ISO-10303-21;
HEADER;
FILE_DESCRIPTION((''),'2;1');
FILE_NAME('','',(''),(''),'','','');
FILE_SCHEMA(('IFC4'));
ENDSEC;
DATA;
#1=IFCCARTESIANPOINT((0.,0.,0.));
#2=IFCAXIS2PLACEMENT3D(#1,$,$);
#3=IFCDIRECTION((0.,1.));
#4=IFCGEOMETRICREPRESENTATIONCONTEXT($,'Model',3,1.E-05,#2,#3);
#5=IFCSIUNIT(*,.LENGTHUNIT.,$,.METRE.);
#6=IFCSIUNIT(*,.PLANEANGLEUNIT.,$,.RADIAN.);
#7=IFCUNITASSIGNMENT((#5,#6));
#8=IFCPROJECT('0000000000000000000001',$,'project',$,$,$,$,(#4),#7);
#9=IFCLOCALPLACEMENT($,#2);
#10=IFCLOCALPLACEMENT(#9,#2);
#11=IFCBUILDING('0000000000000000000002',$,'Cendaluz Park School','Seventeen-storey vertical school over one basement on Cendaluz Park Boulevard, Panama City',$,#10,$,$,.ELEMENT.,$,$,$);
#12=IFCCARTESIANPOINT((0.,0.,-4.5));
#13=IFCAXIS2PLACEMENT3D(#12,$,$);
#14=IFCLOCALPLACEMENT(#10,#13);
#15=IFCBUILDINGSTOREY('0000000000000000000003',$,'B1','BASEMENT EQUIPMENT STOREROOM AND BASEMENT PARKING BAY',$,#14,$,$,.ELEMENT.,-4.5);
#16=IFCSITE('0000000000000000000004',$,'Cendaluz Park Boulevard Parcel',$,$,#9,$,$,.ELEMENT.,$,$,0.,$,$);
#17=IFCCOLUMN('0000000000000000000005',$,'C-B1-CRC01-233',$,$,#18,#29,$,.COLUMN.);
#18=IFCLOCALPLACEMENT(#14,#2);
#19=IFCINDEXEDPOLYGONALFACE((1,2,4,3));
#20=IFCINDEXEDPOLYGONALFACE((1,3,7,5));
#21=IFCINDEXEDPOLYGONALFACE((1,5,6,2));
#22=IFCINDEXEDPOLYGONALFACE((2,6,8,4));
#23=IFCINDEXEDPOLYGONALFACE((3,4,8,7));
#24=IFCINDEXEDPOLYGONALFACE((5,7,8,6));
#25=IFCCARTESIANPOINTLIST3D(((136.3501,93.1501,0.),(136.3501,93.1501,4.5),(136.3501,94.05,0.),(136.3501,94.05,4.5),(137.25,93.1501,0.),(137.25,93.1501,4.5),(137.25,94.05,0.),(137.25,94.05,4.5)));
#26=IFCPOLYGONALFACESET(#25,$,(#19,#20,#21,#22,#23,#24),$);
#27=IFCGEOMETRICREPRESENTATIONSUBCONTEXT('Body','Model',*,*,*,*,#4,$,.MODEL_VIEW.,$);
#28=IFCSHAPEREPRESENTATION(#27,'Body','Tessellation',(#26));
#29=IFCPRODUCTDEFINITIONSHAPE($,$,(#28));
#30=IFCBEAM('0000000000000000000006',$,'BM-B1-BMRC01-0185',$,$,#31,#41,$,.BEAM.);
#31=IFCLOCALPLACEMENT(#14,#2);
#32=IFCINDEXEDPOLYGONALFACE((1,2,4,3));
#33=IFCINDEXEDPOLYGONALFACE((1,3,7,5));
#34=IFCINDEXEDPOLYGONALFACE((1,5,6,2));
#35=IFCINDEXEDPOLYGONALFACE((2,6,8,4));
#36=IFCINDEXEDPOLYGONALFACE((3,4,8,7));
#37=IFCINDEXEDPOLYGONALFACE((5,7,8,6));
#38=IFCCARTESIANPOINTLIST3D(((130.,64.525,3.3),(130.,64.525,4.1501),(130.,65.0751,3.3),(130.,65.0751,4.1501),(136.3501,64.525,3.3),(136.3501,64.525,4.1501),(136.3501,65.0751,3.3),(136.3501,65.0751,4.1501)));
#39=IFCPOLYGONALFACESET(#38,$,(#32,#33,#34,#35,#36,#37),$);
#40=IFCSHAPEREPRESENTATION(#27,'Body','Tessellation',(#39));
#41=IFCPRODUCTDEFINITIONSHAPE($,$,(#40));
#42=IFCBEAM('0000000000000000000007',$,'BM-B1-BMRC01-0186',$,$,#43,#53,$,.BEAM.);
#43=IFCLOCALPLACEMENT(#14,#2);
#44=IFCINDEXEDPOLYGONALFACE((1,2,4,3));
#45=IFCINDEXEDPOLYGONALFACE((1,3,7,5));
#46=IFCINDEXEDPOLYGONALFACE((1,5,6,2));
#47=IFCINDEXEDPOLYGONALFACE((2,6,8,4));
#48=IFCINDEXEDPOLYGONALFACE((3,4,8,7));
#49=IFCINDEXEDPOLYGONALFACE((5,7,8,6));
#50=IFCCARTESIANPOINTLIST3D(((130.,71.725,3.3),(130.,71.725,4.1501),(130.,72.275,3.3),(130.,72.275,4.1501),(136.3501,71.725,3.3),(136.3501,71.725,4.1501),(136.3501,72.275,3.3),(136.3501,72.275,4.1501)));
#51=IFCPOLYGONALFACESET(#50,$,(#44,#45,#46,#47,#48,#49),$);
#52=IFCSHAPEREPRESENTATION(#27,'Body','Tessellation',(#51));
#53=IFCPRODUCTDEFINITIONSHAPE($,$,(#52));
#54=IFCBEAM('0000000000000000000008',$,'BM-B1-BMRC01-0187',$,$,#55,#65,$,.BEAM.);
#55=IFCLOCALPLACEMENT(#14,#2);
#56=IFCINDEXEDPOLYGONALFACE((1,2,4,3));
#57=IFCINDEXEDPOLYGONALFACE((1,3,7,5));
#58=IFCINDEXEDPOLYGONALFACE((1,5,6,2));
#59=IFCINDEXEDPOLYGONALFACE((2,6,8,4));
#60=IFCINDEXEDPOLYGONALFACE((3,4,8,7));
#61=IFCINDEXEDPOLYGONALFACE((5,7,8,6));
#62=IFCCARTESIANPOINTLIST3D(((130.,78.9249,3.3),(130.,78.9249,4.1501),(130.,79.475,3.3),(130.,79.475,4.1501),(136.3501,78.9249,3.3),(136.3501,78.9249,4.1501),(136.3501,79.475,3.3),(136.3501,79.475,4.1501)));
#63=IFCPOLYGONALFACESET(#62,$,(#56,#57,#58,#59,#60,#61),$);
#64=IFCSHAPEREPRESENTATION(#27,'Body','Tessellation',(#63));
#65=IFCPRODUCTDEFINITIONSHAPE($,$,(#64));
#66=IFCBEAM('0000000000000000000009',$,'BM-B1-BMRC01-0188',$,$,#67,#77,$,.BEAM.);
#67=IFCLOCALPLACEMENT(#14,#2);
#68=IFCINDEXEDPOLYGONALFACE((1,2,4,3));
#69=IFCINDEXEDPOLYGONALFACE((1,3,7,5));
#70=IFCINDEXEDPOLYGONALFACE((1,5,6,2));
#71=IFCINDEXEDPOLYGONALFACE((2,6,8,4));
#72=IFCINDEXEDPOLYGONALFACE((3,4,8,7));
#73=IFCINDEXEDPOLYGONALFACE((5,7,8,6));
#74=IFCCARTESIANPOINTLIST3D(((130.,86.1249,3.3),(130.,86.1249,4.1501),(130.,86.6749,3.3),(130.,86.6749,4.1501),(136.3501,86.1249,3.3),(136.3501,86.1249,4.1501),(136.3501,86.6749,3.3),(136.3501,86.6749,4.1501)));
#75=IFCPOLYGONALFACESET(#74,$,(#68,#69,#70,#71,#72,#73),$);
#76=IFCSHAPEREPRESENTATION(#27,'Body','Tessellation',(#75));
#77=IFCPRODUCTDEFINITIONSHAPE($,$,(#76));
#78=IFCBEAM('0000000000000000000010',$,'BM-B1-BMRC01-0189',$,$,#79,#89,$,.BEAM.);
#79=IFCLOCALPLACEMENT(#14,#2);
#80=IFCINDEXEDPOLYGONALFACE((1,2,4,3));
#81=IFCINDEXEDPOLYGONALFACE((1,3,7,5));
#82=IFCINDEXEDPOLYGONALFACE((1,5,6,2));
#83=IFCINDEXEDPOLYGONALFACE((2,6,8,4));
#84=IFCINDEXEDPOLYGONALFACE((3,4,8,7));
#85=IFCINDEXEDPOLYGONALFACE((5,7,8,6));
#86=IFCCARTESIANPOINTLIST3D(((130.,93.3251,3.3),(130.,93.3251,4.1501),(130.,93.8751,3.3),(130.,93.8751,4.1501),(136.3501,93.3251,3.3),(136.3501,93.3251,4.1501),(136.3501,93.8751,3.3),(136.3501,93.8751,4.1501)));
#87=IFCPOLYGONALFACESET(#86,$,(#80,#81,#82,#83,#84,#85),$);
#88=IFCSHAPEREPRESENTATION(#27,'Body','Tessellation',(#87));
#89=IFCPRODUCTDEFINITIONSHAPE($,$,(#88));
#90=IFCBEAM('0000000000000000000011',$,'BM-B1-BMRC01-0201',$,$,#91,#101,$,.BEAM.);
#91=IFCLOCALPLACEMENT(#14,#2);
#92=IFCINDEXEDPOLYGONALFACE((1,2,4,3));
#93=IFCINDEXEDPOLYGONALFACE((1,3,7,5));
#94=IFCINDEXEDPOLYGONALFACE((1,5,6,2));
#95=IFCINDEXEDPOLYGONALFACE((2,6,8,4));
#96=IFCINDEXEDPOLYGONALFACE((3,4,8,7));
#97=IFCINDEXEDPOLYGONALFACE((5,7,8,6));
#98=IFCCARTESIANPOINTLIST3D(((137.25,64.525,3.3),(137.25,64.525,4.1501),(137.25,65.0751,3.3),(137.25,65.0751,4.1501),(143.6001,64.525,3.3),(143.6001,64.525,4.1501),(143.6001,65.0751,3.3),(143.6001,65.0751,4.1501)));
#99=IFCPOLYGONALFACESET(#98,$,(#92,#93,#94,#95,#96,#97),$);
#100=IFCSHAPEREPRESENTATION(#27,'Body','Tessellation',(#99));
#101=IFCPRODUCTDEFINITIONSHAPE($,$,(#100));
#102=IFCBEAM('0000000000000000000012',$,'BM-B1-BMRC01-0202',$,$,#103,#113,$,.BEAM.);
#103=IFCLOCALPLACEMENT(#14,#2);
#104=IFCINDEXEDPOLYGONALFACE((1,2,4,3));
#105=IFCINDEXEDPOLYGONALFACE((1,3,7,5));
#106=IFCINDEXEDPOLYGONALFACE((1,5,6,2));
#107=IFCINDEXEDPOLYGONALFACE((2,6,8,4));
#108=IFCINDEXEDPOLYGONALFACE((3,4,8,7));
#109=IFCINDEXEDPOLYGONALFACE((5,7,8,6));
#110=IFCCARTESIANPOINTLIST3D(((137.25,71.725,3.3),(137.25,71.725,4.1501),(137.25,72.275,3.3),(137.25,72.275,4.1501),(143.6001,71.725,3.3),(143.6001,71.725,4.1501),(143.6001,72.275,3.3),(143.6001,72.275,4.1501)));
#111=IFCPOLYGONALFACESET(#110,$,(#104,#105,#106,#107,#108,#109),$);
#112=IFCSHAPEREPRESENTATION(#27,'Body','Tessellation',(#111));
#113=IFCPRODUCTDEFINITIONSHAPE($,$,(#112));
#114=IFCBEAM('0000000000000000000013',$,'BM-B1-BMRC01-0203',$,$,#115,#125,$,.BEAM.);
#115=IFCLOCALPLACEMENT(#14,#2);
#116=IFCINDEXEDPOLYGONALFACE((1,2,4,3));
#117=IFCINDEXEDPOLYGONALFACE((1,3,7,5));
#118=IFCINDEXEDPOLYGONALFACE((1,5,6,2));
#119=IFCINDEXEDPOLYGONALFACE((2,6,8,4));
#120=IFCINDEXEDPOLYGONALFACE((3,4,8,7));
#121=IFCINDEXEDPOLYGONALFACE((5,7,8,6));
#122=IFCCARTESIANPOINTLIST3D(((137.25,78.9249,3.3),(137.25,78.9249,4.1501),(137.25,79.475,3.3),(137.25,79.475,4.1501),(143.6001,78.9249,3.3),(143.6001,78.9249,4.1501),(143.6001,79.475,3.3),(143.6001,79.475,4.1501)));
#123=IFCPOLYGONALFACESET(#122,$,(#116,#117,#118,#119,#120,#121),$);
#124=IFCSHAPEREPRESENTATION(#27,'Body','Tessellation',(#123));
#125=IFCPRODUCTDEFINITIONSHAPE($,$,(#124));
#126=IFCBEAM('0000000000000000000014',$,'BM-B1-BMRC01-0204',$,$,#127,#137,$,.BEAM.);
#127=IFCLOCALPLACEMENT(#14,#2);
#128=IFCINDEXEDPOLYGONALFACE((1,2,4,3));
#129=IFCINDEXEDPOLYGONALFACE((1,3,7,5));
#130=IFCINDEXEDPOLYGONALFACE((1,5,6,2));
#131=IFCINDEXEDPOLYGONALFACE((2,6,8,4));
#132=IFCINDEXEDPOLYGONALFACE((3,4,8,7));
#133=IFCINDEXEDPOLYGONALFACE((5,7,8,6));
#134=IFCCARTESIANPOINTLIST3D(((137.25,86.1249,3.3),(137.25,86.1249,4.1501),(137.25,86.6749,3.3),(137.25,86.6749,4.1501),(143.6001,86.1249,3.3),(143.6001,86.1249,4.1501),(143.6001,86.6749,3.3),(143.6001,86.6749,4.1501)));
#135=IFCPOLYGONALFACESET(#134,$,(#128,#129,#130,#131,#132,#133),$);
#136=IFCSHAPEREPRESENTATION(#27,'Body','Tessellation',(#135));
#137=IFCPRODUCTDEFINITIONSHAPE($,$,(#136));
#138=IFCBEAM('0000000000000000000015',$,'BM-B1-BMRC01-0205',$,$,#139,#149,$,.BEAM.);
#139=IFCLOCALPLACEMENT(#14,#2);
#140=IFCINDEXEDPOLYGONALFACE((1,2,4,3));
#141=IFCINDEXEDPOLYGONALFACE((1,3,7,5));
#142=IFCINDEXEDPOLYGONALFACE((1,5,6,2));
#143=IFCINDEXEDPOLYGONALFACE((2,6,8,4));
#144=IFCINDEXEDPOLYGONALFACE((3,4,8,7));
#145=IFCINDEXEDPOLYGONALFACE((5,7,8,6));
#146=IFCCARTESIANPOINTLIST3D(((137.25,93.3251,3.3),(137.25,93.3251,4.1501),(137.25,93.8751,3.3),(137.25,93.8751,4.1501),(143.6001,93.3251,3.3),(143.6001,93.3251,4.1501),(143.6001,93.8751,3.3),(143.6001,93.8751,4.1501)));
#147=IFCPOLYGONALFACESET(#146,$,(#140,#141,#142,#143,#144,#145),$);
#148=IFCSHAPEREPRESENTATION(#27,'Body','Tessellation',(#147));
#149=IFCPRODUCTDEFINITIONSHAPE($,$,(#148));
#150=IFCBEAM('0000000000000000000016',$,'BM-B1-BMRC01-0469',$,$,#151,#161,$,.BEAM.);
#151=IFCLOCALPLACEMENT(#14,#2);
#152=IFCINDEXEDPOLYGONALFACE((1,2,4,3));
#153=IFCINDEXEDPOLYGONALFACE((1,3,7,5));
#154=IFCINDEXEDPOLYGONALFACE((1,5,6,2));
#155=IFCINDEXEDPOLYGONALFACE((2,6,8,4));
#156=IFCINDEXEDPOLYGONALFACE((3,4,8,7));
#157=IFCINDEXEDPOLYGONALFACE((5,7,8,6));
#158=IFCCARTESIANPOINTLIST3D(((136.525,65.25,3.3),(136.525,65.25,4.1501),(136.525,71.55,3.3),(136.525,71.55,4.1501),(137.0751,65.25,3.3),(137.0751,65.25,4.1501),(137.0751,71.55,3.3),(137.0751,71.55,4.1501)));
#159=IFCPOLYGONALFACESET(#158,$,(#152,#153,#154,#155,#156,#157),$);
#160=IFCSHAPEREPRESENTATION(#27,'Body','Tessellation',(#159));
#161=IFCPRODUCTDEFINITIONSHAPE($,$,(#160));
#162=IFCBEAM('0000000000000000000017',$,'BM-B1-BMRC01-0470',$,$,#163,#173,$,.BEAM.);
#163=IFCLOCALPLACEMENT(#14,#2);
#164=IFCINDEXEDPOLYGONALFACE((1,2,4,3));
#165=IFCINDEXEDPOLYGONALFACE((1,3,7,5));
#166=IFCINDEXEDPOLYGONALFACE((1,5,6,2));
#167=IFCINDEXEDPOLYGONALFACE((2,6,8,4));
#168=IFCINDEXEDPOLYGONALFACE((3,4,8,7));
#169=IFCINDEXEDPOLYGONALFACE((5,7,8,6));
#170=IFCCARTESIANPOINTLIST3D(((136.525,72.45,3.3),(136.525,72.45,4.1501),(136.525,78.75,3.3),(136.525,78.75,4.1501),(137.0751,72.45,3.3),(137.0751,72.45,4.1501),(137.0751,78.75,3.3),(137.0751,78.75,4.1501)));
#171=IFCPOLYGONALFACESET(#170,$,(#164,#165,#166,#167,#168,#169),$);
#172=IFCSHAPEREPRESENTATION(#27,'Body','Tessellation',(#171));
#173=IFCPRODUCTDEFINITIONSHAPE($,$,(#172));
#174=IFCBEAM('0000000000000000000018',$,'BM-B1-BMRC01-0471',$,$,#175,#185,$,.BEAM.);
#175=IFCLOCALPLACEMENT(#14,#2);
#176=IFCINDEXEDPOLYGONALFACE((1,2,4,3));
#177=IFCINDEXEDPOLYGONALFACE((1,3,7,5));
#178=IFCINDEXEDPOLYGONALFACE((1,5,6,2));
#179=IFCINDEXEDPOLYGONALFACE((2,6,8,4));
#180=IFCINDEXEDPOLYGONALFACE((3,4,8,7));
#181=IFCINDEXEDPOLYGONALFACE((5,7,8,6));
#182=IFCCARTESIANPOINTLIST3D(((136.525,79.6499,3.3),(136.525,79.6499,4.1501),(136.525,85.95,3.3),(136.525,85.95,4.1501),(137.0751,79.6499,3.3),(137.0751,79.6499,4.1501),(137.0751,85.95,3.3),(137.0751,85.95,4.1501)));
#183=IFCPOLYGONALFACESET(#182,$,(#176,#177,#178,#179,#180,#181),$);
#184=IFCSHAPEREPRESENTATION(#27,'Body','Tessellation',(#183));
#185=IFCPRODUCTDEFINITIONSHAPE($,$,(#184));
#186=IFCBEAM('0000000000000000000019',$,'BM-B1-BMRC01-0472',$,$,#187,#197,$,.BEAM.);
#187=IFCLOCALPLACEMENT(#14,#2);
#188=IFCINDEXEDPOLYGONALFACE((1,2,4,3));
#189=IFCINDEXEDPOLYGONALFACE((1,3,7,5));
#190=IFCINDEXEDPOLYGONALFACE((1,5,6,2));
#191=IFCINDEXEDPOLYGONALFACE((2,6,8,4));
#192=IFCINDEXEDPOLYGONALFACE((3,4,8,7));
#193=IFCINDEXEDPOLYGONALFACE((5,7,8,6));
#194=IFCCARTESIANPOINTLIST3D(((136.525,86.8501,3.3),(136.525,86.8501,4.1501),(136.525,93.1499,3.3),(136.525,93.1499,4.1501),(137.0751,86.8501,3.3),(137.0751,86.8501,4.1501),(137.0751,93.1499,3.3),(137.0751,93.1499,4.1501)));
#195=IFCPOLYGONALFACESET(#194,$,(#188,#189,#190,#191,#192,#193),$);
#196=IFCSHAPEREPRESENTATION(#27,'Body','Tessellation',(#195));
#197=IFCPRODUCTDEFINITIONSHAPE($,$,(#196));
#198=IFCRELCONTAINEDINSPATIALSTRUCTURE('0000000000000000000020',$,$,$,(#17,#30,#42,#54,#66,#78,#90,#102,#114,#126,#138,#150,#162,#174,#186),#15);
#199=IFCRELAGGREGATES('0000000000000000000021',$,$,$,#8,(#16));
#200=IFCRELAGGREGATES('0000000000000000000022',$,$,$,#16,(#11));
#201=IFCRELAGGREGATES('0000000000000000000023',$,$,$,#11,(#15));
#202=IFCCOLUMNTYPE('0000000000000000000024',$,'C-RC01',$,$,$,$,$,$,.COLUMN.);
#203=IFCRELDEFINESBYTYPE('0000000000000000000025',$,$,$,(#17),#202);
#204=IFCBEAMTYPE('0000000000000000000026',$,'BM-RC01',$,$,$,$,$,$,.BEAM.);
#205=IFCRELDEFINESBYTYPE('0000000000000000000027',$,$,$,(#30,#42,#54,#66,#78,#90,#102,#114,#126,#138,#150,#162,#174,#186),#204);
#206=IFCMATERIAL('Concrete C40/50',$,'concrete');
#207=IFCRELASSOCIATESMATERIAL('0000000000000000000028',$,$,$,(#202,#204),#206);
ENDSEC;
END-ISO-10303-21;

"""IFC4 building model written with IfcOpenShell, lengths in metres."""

from ifc_helpers import new_model, si_unit, direction, frame, origin, origin_2d, place, context, subcontext, project, spatial, rectangle, extrude, material, material_profile, profile_set, type_object, element, save


model = new_model("IFC4")

# Units and contexts
model_context = context("Model", 3, precision=1e-05, world=origin(), true_north=direction((0.0, 1.0)))
body_context = subcontext(model_context, "Body", "Model", "MODEL_VIEW")
ifc_project = project(units=[si_unit("LENGTHUNIT", "METRE"), si_unit("PLANEANGLEUNIT", "RADIAN")], contexts=[model_context])

# Site, building, storey
site_placement = place(None, origin())
site = spatial("IfcSite", under=ifc_project, at=site_placement, Name="Cendaluz Park Boulevard Parcel", CompositionType="ELEMENT", RefElevation=0.0)
building_placement = place(site_placement, origin())
building = spatial("IfcBuilding", under=site, at=building_placement, Name="Cendaluz Park School", Description="Seventeen-storey vertical school over one basement on Cendaluz Park Boulevard, Panama City", CompositionType="ELEMENT")
storey_placement = place(building_placement, frame((0.0, 0.0, -4.5)))
storey = spatial("IfcBuildingStorey", under=building, at=storey_placement, Name="B1", Description="BASEMENT EQUIPMENT STOREROOM AND BASEMENT PARKING BAY", CompositionType="ELEMENT", Elevation=-4.5)

# Shared definitions
ifc_material_1 = material(Name="Concrete C40/50", Category="concrete")

# Column
ifc_material_profile_1 = material_profile(ifc_material_1, rectangle(XDim=0.8999, YDim=0.8999, at=origin_2d()), Name="RC 900x900", Category="concrete")
ifc_profile_set_1 = profile_set([ifc_material_profile_1], Name="Concrete C40/50")
column_type = type_object("IfcColumnType", Name="C-RC01", PredefinedType="COLUMN", material=ifc_profile_set_1)
for number, where, z_axis, x_axis, name in (
    (1, (136.8, 93.6001, 0.0), (0.0, 0.0, 1.0), (1.0, 0.0, 0.0), "C-B1-CRC01-233"),
):
    element("IfcColumn", number, at=place(storey_placement, frame(where, z_axis=z_axis, x_axis=x_axis)), inside=storey, type_object=column_type, Name=name, PredefinedType="COLUMN", context=body_context, shape_type="SweptSolid", body=[
        extrude(rectangle(XDim=0.8999, YDim=0.8999, at=origin_2d()), origin(), (0.0, 0.0, 1.0), 4.5),
    ])

# Beams
ifc_material_profile_2 = material_profile(ifc_material_1, rectangle(XDim=0.55, YDim=0.8501, at=origin_2d()), Name="RC 550x850", Category="concrete")
ifc_profile_set_2 = profile_set([ifc_material_profile_2], Name="Concrete C40/50")
beam_type = type_object("IfcBeamType", Name="BM-RC01", PredefinedType="BEAM", material=ifc_profile_set_2)
for number, where, z_axis, x_axis, name in (
    (2, (130.0, 64.8, 3.7251), (1.0, 0.0, 0.0), (0.0, 1.0, 0.0), "BM-B1-BMRC01-0185"),
    (3, (130.0, 72.0, 3.7251), (1.0, 0.0, 0.0), (0.0, 1.0, 0.0), "BM-B1-BMRC01-0186"),
    (4, (130.0, 79.2, 3.7251), (1.0, 0.0, 0.0), (0.0, 1.0, 0.0), "BM-B1-BMRC01-0187"),
    (5, (130.0, 86.3999, 3.7251), (1.0, 0.0, 0.0), (0.0, 1.0, 0.0), "BM-B1-BMRC01-0188"),
    (6, (130.0, 93.6001, 3.7251), (1.0, 0.0, 0.0), (0.0, 1.0, 0.0), "BM-B1-BMRC01-0189"),
    (7, (137.25, 64.8, 3.7251), (1.0, 0.0, 0.0), (0.0, 1.0, 0.0), "BM-B1-BMRC01-0201"),
    (8, (137.25, 72.0, 3.7251), (1.0, 0.0, 0.0), (0.0, 1.0, 0.0), "BM-B1-BMRC01-0202"),
    (9, (137.25, 79.2, 3.7251), (1.0, 0.0, 0.0), (0.0, 1.0, 0.0), "BM-B1-BMRC01-0203"),
    (10, (137.25, 86.3999, 3.7251), (1.0, 0.0, 0.0), (0.0, 1.0, 0.0), "BM-B1-BMRC01-0204"),
    (11, (137.25, 93.6001, 3.7251), (1.0, 0.0, 0.0), (0.0, 1.0, 0.0), "BM-B1-BMRC01-0205"),
):
    element("IfcBeam", number, at=place(storey_placement, frame(where, z_axis=z_axis, x_axis=x_axis)), inside=storey, type_object=beam_type, Name=name, PredefinedType="BEAM", context=body_context, shape_type="SweptSolid", body=[
        extrude(rectangle(XDim=0.55, YDim=0.8501, at=origin_2d()), origin(), (0.0, 0.0, 1.0), 6.3501),
    ])
for number, where, z_axis, x_axis, name in (
    (12, (136.8, 65.25, 3.7251), (0.0, 1.0, 0.0), (-1.0, 0.0, 0.0), "BM-B1-BMRC01-0469"),
    (13, (136.8, 72.45, 3.7251), (0.0, 1.0, 0.0), (-1.0, 0.0, 0.0), "BM-B1-BMRC01-0470"),
    (14, (136.8, 79.6499, 3.7251), (0.0, 1.0, 0.0), (-1.0, 0.0, 0.0), "BM-B1-BMRC01-0471"),
):
    element("IfcBeam", number, at=place(storey_placement, frame(where, z_axis=z_axis, x_axis=x_axis)), inside=storey, type_object=beam_type, Name=name, PredefinedType="BEAM", context=body_context, shape_type="SweptSolid", body=[
        extrude(rectangle(XDim=0.55, YDim=0.8501, at=origin_2d()), origin(), (0.0, 0.0, 1.0), 6.3),
    ])
beam_placement = place(storey_placement, frame((136.8, 86.8501, 3.7251), z_axis=(0.0, 1.0, 0.0), x_axis=(-1.0, 0.0, 0.0)))
element("IfcBeam", 15, at=beam_placement, inside=storey, type_object=beam_type, Name="BM-B1-BMRC01-0472", PredefinedType="BEAM", context=body_context, shape_type="SweptSolid", body=[
    extrude(rectangle(XDim=0.55, YDim=0.8501, at=origin_2d()), origin(), (0.0, 0.0, 1.0), 6.2998),
])

save(model, "model.ifc")
